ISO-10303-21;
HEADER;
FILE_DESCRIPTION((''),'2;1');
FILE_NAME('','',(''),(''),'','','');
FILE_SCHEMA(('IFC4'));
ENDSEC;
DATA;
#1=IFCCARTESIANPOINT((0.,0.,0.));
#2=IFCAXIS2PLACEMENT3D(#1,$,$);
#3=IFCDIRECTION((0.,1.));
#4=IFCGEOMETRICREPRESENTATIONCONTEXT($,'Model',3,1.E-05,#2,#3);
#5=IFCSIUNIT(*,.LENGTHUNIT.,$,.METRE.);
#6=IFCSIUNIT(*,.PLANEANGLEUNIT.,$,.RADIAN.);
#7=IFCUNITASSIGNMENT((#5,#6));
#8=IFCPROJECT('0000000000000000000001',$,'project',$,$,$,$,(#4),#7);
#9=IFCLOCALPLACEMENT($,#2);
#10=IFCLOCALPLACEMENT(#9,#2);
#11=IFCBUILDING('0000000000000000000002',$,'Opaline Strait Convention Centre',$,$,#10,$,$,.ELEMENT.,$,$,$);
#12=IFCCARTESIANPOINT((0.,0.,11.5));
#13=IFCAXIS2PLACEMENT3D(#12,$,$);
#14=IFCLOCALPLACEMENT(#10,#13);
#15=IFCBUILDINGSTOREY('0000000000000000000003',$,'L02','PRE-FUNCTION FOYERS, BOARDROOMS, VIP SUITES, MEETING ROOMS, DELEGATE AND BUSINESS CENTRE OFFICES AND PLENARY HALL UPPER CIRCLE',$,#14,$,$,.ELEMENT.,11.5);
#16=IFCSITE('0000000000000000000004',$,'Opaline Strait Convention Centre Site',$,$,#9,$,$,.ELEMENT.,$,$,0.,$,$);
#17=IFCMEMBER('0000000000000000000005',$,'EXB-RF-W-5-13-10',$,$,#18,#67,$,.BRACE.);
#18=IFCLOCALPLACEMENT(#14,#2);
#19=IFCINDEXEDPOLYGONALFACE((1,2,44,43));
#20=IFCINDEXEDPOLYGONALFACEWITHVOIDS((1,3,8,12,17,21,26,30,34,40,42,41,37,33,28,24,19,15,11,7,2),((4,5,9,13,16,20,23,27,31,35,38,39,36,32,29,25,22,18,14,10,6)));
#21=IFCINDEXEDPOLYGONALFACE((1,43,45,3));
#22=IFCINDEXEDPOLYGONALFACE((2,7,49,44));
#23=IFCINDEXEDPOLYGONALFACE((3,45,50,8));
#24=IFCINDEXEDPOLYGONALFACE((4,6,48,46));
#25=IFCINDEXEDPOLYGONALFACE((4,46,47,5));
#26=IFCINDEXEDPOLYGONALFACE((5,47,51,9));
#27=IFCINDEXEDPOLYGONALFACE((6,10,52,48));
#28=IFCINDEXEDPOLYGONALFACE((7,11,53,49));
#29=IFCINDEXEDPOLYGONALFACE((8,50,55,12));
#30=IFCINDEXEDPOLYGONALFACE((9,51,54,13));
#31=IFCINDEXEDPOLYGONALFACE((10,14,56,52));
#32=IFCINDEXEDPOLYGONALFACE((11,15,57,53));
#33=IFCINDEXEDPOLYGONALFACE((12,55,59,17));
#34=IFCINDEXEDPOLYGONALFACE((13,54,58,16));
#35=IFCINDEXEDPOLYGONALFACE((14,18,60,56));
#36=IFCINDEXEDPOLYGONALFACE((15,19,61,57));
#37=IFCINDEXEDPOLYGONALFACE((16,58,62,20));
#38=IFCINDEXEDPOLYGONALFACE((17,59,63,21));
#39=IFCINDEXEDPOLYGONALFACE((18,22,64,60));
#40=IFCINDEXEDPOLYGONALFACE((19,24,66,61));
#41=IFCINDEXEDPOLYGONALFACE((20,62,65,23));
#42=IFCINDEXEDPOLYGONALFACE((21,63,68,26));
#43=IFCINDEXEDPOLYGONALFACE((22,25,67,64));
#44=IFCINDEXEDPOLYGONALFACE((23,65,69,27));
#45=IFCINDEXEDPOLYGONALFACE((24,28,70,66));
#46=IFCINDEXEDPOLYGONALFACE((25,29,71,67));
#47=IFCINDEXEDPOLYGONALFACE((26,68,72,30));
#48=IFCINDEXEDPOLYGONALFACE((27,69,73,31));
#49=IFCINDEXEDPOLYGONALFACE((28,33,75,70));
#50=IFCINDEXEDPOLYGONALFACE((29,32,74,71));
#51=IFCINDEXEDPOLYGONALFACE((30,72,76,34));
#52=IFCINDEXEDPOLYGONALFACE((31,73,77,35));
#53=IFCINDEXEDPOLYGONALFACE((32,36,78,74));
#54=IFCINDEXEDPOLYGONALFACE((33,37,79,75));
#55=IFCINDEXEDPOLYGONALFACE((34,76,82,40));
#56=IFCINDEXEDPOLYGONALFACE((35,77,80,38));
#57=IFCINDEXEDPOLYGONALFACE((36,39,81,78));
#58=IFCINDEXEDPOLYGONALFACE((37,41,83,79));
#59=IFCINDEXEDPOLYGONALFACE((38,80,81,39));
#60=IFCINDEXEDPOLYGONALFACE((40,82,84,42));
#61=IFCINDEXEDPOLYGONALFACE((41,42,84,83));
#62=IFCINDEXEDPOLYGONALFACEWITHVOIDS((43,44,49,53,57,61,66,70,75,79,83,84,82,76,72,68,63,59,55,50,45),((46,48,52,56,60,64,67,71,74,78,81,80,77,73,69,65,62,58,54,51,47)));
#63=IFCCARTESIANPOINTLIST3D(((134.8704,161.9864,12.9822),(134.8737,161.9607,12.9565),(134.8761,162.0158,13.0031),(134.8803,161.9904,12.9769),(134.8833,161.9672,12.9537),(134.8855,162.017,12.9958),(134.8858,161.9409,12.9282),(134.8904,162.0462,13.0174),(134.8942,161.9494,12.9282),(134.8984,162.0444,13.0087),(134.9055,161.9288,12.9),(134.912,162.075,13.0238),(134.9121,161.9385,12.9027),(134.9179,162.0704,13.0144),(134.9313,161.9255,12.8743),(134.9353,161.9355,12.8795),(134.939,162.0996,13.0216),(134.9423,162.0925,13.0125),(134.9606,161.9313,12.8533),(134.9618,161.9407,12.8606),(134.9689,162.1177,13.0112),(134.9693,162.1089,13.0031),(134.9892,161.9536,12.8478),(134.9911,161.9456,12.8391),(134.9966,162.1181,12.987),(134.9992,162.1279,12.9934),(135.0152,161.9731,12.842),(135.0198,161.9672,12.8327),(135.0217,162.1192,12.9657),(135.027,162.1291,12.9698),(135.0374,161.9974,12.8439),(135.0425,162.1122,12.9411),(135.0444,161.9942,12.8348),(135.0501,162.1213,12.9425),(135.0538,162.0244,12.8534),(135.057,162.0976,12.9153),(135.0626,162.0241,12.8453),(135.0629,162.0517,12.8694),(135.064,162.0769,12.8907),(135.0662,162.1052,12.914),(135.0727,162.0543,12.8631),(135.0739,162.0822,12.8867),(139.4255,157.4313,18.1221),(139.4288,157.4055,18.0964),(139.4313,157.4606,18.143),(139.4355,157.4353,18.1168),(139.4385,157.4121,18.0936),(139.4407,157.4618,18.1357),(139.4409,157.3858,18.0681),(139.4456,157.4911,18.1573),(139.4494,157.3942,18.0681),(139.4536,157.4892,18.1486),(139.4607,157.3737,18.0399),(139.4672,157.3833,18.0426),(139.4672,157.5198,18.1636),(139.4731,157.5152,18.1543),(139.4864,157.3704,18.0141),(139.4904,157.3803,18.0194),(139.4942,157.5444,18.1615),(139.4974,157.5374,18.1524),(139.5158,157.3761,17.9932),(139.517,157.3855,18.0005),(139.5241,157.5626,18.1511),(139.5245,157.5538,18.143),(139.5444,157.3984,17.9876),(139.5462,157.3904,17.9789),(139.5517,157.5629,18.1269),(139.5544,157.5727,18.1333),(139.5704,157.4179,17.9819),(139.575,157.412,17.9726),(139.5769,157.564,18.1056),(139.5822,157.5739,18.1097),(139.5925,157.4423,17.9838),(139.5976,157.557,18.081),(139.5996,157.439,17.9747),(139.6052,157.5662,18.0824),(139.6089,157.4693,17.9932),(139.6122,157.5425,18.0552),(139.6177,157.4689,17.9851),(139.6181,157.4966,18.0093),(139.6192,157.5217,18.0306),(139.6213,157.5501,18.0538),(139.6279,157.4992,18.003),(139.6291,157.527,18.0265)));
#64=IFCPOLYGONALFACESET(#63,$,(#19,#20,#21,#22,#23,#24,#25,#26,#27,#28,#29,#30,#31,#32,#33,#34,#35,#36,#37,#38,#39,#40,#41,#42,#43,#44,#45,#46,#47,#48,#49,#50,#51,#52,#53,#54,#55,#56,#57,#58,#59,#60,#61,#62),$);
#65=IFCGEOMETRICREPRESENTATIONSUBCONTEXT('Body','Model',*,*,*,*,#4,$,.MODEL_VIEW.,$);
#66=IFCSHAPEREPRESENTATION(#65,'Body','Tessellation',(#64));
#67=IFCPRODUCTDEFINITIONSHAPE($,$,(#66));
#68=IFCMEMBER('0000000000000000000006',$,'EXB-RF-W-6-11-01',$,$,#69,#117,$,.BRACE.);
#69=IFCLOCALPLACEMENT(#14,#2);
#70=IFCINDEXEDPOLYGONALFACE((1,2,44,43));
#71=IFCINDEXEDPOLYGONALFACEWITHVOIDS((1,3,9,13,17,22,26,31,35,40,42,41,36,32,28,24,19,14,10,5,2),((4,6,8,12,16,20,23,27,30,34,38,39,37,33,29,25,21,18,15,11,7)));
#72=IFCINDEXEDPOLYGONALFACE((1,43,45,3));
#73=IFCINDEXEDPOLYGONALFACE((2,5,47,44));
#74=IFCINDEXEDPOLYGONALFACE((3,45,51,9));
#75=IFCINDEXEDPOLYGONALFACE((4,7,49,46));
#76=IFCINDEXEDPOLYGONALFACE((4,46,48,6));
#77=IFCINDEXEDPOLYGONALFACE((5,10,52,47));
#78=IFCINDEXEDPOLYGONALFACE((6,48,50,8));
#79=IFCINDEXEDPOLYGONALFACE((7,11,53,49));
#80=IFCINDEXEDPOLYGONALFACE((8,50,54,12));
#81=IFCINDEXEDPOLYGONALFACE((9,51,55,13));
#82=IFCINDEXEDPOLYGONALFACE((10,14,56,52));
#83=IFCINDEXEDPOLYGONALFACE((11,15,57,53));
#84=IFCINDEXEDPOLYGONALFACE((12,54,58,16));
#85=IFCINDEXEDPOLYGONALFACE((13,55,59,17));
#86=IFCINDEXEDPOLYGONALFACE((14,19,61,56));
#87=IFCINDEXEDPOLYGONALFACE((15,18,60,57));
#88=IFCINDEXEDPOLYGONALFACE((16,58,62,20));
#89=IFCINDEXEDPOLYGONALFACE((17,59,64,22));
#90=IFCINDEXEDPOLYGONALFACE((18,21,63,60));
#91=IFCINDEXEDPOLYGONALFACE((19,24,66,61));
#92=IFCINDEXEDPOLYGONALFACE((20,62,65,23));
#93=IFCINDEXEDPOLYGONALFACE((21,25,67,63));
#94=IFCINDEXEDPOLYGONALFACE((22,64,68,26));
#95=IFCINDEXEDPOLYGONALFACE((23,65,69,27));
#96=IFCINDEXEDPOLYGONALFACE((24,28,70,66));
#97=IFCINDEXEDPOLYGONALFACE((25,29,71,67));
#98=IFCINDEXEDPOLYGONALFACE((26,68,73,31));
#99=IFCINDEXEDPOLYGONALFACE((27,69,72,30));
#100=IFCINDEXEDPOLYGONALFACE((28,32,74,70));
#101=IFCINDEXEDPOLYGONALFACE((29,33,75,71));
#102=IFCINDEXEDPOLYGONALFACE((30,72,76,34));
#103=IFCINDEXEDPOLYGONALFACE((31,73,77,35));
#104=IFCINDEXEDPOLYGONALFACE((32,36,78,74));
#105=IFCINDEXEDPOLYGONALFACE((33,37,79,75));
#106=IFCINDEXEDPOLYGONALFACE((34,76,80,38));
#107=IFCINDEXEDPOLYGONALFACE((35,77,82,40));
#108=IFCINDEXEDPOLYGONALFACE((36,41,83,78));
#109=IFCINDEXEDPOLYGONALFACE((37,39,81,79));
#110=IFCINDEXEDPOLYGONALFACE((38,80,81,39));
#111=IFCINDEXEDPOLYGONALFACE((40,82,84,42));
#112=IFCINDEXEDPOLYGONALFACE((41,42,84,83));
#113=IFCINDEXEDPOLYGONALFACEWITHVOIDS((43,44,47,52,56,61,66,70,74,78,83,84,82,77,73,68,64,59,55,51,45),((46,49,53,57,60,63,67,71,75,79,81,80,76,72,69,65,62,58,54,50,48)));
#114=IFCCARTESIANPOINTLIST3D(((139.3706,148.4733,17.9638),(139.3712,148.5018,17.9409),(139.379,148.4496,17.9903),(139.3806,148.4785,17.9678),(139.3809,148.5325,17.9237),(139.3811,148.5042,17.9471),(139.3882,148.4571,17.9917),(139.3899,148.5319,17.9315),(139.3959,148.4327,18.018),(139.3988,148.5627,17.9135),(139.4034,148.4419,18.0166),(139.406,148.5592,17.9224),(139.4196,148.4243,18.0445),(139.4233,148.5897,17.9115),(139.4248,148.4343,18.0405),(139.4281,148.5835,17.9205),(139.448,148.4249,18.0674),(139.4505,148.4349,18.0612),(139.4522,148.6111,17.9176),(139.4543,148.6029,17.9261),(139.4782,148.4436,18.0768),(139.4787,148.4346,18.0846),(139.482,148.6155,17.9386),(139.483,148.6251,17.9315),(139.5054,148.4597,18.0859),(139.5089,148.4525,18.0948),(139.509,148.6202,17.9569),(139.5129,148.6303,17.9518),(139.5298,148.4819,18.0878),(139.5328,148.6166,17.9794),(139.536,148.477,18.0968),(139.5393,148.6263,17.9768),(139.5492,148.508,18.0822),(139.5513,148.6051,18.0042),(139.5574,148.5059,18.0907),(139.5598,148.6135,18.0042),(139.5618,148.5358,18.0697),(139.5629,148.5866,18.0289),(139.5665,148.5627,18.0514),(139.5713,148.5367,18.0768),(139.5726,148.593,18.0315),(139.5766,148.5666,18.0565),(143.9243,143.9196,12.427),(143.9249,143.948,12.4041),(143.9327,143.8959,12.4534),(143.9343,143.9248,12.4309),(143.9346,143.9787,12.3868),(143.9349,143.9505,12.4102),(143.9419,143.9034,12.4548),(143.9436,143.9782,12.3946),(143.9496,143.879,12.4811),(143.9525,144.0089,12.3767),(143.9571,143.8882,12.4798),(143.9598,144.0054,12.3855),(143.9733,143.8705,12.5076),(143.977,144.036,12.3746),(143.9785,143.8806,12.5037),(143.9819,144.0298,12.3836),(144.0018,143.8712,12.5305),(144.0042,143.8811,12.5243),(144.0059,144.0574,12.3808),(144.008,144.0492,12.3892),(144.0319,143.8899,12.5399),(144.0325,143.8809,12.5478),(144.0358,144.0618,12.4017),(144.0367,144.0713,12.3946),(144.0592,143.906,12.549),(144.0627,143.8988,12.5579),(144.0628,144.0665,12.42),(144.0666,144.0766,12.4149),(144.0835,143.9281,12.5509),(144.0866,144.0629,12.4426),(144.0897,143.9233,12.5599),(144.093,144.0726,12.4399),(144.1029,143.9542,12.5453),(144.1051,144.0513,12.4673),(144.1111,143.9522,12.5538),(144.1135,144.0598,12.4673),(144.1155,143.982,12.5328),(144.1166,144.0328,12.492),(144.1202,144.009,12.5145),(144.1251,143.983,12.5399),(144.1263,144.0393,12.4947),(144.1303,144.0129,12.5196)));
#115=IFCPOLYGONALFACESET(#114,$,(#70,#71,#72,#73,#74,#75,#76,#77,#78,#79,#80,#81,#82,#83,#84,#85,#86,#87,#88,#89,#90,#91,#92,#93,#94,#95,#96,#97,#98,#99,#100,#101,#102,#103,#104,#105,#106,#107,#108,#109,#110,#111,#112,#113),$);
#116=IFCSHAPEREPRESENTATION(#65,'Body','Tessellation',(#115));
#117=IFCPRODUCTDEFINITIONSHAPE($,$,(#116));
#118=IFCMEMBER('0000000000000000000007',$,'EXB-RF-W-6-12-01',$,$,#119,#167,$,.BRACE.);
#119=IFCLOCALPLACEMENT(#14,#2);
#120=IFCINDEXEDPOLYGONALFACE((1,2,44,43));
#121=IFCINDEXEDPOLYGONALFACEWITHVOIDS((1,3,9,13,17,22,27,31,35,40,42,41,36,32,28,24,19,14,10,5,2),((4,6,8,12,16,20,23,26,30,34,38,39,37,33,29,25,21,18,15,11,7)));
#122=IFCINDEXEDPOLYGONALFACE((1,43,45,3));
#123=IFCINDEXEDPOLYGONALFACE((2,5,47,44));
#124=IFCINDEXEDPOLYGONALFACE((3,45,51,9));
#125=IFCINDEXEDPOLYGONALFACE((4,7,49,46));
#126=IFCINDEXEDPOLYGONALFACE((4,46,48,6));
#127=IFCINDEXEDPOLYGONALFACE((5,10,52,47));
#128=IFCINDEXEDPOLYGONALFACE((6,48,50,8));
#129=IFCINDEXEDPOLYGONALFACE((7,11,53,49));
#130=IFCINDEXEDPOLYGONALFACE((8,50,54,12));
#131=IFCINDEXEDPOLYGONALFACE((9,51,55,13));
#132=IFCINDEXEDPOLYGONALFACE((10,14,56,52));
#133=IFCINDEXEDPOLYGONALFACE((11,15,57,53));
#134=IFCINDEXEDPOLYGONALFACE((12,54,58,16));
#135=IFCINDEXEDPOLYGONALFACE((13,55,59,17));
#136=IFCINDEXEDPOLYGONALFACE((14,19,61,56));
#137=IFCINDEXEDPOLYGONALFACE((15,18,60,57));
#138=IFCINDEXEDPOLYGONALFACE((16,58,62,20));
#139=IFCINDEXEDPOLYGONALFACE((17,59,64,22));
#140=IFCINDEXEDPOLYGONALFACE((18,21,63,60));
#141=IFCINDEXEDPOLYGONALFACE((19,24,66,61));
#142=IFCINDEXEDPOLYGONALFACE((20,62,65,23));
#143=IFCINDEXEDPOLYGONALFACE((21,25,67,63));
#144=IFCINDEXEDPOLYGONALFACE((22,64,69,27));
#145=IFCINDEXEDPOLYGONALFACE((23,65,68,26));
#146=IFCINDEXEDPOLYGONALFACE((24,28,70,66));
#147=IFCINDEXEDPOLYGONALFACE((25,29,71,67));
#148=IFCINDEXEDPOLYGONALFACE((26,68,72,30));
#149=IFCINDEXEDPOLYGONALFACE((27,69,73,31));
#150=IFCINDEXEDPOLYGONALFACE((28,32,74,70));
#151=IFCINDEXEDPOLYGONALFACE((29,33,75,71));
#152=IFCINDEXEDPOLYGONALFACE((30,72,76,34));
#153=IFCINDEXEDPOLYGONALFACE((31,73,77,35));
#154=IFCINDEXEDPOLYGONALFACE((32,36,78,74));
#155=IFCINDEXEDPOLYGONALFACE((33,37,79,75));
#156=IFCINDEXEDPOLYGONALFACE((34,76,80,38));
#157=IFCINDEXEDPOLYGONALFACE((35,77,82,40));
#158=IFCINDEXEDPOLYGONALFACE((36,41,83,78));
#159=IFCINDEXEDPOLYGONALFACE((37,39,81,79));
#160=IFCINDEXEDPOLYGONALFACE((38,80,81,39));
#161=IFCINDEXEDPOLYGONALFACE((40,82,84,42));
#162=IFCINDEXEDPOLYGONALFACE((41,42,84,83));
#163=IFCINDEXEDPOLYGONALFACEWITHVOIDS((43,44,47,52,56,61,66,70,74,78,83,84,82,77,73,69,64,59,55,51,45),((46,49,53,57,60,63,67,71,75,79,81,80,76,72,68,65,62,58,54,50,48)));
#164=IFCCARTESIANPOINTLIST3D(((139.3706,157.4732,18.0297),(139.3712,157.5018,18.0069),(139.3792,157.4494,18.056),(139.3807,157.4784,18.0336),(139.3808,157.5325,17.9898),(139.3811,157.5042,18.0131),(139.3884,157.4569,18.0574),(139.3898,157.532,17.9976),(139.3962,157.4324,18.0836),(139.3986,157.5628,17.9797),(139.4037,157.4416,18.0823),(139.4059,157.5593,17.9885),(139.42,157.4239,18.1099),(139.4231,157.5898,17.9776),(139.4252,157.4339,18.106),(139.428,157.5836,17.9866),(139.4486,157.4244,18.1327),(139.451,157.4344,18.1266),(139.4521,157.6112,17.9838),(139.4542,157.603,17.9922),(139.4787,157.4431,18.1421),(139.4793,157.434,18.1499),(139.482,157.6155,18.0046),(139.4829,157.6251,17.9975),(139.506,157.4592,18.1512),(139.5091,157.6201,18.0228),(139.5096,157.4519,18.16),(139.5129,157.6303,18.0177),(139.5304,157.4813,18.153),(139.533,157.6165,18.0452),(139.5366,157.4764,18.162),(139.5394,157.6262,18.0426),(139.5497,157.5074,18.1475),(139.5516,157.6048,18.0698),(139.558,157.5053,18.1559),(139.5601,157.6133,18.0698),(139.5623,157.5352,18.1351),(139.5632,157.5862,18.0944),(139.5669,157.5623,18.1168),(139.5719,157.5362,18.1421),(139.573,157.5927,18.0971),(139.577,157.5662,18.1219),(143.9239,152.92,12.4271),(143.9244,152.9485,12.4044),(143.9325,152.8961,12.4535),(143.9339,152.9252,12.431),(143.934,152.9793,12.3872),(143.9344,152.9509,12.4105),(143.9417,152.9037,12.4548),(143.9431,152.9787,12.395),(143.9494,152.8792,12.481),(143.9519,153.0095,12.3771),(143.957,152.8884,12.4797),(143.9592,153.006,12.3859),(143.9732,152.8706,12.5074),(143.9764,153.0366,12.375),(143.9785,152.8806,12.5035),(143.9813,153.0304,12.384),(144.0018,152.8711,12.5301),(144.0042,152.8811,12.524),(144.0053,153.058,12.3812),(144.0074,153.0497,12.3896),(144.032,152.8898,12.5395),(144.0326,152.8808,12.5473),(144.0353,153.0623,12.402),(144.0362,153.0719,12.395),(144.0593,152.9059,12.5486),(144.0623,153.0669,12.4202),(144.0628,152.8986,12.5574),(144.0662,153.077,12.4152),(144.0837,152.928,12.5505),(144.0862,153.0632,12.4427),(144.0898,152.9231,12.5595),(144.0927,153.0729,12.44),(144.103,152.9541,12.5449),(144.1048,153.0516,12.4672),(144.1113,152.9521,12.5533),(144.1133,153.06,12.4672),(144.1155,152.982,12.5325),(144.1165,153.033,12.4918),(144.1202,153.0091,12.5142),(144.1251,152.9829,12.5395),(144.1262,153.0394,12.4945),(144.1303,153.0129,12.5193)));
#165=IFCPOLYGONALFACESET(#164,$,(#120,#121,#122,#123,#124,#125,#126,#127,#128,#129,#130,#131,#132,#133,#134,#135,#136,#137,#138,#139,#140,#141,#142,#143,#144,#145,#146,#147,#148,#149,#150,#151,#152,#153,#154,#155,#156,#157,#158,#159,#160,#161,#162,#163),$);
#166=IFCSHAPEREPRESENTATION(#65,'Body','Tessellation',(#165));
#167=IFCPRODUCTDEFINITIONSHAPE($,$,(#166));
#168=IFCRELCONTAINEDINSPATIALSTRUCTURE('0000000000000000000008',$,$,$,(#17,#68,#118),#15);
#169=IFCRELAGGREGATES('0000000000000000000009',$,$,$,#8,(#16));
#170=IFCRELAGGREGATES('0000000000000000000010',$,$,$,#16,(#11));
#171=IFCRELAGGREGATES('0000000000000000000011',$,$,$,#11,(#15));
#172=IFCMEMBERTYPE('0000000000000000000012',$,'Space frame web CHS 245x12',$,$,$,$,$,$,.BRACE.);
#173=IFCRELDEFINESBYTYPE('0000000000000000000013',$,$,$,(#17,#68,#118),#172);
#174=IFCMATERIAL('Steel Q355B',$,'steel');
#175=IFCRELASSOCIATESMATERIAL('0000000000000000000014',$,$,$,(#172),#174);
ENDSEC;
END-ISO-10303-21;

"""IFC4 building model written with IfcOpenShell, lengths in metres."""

from ifc_helpers import new_model, si_unit, direction, frame, origin, origin_2d, place, context, subcontext, project, spatial, hollow_circle, extrude, material, material_profile, profile_set, type_object, element, save


model = new_model("IFC4")

# Units and contexts
model_context = context("Model", 3, precision=1e-05, world=origin(), true_north=direction((0.0, 1.0)))
body_context = subcontext(model_context, "Body", "Model", "MODEL_VIEW")
ifc_project = project(units=[si_unit("LENGTHUNIT", "METRE"), si_unit("PLANEANGLEUNIT", "RADIAN")], contexts=[model_context])

# Site, building, storey
site_placement = place(None, origin())
site = spatial("IfcSite", under=ifc_project, at=site_placement, Name="Opaline Strait Convention Centre Site", CompositionType="ELEMENT", RefElevation=0.0)
building_placement = place(site_placement, origin())
building = spatial("IfcBuilding", under=site, at=building_placement, Name="Opaline Strait Convention Centre", CompositionType="ELEMENT")
storey_placement = place(building_placement, frame((0.0, 0.0, 11.5)))
storey = spatial("IfcBuildingStorey", under=building, at=storey_placement, Name="L02", Description="PRE-FUNCTION FOYERS, BOARDROOMS, VIP SUITES, MEETING ROOMS, DELEGATE AND BUSINESS CENTRE OFFICES AND PLENARY HALL UPPER CIRCLE", CompositionType="ELEMENT", Elevation=11.5)

# Members
ifc_material_1 = material(Name="Steel Q355B", Category="steel")
ifc_material_profile_1 = material_profile(ifc_material_1, hollow_circle(Radius=0.1226, WallThickness=0.012, at=origin_2d()), Name="CHS 245x12")
ifc_profile_set_1 = profile_set([ifc_material_profile_1], Name="Steel Q355B")
member_type_1 = type_object("IfcMemberType", Name="Space frame web CHS 245x12", PredefinedType="BRACE", material=ifc_profile_set_1)
member_1_placement = place(storey_placement, frame((139.5276, 157.4724, 18.0681), z_axis=(-0.552731, 0.552731, -0.623681), x_axis=(-0.707107, -0.707107, 0.0)))
element("IfcMember", 1, at=member_1_placement, inside=storey, type_object=member_type_1, Name="EXB-RF-W-5-13-10", PredefinedType="BRACE", context=body_context, shape_type="SweptSolid", body=[
    extrude(hollow_circle(Radius=0.1226, WallThickness=0.012, at=origin_2d()), origin(), (0.0, 0.0, 1.0), 8.2412),
])
member_2_placement = place(storey_placement, frame((139.4731, 148.5269, 18.0042), z_axis=(0.536178, -0.536178, -0.65194), x_axis=(0.707107, 0.707107, 0.0)))
element("IfcMember", 2, at=member_2_placement, inside=storey, type_object=member_type_1, Name="EXB-RF-W-6-11-01", PredefinedType="BRACE", context=body_context, shape_type="SweptSolid", body=[
    extrude(hollow_circle(Radius=0.1226, WallThickness=0.012, at=origin_2d()), origin(), (0.0, 0.0, 1.0), 8.4929),
])
member_3_placement = place(storey_placement, frame((139.4734, 157.5266, 18.0698), z_axis=(0.533455, -0.533455, -0.656393), x_axis=(0.707107, 0.707107, 0.0)))
element("IfcMember", 3, at=member_3_placement, inside=storey, type_object=member_type_1, Name="EXB-RF-W-6-12-01", PredefinedType="BRACE", context=body_context, shape_type="SweptSolid", body=[
    extrude(hollow_circle(Radius=0.1226, WallThickness=0.012, at=origin_2d()), origin(), (0.0, 0.0, 1.0), 8.5354),
])

save(model, "model.ifc")
